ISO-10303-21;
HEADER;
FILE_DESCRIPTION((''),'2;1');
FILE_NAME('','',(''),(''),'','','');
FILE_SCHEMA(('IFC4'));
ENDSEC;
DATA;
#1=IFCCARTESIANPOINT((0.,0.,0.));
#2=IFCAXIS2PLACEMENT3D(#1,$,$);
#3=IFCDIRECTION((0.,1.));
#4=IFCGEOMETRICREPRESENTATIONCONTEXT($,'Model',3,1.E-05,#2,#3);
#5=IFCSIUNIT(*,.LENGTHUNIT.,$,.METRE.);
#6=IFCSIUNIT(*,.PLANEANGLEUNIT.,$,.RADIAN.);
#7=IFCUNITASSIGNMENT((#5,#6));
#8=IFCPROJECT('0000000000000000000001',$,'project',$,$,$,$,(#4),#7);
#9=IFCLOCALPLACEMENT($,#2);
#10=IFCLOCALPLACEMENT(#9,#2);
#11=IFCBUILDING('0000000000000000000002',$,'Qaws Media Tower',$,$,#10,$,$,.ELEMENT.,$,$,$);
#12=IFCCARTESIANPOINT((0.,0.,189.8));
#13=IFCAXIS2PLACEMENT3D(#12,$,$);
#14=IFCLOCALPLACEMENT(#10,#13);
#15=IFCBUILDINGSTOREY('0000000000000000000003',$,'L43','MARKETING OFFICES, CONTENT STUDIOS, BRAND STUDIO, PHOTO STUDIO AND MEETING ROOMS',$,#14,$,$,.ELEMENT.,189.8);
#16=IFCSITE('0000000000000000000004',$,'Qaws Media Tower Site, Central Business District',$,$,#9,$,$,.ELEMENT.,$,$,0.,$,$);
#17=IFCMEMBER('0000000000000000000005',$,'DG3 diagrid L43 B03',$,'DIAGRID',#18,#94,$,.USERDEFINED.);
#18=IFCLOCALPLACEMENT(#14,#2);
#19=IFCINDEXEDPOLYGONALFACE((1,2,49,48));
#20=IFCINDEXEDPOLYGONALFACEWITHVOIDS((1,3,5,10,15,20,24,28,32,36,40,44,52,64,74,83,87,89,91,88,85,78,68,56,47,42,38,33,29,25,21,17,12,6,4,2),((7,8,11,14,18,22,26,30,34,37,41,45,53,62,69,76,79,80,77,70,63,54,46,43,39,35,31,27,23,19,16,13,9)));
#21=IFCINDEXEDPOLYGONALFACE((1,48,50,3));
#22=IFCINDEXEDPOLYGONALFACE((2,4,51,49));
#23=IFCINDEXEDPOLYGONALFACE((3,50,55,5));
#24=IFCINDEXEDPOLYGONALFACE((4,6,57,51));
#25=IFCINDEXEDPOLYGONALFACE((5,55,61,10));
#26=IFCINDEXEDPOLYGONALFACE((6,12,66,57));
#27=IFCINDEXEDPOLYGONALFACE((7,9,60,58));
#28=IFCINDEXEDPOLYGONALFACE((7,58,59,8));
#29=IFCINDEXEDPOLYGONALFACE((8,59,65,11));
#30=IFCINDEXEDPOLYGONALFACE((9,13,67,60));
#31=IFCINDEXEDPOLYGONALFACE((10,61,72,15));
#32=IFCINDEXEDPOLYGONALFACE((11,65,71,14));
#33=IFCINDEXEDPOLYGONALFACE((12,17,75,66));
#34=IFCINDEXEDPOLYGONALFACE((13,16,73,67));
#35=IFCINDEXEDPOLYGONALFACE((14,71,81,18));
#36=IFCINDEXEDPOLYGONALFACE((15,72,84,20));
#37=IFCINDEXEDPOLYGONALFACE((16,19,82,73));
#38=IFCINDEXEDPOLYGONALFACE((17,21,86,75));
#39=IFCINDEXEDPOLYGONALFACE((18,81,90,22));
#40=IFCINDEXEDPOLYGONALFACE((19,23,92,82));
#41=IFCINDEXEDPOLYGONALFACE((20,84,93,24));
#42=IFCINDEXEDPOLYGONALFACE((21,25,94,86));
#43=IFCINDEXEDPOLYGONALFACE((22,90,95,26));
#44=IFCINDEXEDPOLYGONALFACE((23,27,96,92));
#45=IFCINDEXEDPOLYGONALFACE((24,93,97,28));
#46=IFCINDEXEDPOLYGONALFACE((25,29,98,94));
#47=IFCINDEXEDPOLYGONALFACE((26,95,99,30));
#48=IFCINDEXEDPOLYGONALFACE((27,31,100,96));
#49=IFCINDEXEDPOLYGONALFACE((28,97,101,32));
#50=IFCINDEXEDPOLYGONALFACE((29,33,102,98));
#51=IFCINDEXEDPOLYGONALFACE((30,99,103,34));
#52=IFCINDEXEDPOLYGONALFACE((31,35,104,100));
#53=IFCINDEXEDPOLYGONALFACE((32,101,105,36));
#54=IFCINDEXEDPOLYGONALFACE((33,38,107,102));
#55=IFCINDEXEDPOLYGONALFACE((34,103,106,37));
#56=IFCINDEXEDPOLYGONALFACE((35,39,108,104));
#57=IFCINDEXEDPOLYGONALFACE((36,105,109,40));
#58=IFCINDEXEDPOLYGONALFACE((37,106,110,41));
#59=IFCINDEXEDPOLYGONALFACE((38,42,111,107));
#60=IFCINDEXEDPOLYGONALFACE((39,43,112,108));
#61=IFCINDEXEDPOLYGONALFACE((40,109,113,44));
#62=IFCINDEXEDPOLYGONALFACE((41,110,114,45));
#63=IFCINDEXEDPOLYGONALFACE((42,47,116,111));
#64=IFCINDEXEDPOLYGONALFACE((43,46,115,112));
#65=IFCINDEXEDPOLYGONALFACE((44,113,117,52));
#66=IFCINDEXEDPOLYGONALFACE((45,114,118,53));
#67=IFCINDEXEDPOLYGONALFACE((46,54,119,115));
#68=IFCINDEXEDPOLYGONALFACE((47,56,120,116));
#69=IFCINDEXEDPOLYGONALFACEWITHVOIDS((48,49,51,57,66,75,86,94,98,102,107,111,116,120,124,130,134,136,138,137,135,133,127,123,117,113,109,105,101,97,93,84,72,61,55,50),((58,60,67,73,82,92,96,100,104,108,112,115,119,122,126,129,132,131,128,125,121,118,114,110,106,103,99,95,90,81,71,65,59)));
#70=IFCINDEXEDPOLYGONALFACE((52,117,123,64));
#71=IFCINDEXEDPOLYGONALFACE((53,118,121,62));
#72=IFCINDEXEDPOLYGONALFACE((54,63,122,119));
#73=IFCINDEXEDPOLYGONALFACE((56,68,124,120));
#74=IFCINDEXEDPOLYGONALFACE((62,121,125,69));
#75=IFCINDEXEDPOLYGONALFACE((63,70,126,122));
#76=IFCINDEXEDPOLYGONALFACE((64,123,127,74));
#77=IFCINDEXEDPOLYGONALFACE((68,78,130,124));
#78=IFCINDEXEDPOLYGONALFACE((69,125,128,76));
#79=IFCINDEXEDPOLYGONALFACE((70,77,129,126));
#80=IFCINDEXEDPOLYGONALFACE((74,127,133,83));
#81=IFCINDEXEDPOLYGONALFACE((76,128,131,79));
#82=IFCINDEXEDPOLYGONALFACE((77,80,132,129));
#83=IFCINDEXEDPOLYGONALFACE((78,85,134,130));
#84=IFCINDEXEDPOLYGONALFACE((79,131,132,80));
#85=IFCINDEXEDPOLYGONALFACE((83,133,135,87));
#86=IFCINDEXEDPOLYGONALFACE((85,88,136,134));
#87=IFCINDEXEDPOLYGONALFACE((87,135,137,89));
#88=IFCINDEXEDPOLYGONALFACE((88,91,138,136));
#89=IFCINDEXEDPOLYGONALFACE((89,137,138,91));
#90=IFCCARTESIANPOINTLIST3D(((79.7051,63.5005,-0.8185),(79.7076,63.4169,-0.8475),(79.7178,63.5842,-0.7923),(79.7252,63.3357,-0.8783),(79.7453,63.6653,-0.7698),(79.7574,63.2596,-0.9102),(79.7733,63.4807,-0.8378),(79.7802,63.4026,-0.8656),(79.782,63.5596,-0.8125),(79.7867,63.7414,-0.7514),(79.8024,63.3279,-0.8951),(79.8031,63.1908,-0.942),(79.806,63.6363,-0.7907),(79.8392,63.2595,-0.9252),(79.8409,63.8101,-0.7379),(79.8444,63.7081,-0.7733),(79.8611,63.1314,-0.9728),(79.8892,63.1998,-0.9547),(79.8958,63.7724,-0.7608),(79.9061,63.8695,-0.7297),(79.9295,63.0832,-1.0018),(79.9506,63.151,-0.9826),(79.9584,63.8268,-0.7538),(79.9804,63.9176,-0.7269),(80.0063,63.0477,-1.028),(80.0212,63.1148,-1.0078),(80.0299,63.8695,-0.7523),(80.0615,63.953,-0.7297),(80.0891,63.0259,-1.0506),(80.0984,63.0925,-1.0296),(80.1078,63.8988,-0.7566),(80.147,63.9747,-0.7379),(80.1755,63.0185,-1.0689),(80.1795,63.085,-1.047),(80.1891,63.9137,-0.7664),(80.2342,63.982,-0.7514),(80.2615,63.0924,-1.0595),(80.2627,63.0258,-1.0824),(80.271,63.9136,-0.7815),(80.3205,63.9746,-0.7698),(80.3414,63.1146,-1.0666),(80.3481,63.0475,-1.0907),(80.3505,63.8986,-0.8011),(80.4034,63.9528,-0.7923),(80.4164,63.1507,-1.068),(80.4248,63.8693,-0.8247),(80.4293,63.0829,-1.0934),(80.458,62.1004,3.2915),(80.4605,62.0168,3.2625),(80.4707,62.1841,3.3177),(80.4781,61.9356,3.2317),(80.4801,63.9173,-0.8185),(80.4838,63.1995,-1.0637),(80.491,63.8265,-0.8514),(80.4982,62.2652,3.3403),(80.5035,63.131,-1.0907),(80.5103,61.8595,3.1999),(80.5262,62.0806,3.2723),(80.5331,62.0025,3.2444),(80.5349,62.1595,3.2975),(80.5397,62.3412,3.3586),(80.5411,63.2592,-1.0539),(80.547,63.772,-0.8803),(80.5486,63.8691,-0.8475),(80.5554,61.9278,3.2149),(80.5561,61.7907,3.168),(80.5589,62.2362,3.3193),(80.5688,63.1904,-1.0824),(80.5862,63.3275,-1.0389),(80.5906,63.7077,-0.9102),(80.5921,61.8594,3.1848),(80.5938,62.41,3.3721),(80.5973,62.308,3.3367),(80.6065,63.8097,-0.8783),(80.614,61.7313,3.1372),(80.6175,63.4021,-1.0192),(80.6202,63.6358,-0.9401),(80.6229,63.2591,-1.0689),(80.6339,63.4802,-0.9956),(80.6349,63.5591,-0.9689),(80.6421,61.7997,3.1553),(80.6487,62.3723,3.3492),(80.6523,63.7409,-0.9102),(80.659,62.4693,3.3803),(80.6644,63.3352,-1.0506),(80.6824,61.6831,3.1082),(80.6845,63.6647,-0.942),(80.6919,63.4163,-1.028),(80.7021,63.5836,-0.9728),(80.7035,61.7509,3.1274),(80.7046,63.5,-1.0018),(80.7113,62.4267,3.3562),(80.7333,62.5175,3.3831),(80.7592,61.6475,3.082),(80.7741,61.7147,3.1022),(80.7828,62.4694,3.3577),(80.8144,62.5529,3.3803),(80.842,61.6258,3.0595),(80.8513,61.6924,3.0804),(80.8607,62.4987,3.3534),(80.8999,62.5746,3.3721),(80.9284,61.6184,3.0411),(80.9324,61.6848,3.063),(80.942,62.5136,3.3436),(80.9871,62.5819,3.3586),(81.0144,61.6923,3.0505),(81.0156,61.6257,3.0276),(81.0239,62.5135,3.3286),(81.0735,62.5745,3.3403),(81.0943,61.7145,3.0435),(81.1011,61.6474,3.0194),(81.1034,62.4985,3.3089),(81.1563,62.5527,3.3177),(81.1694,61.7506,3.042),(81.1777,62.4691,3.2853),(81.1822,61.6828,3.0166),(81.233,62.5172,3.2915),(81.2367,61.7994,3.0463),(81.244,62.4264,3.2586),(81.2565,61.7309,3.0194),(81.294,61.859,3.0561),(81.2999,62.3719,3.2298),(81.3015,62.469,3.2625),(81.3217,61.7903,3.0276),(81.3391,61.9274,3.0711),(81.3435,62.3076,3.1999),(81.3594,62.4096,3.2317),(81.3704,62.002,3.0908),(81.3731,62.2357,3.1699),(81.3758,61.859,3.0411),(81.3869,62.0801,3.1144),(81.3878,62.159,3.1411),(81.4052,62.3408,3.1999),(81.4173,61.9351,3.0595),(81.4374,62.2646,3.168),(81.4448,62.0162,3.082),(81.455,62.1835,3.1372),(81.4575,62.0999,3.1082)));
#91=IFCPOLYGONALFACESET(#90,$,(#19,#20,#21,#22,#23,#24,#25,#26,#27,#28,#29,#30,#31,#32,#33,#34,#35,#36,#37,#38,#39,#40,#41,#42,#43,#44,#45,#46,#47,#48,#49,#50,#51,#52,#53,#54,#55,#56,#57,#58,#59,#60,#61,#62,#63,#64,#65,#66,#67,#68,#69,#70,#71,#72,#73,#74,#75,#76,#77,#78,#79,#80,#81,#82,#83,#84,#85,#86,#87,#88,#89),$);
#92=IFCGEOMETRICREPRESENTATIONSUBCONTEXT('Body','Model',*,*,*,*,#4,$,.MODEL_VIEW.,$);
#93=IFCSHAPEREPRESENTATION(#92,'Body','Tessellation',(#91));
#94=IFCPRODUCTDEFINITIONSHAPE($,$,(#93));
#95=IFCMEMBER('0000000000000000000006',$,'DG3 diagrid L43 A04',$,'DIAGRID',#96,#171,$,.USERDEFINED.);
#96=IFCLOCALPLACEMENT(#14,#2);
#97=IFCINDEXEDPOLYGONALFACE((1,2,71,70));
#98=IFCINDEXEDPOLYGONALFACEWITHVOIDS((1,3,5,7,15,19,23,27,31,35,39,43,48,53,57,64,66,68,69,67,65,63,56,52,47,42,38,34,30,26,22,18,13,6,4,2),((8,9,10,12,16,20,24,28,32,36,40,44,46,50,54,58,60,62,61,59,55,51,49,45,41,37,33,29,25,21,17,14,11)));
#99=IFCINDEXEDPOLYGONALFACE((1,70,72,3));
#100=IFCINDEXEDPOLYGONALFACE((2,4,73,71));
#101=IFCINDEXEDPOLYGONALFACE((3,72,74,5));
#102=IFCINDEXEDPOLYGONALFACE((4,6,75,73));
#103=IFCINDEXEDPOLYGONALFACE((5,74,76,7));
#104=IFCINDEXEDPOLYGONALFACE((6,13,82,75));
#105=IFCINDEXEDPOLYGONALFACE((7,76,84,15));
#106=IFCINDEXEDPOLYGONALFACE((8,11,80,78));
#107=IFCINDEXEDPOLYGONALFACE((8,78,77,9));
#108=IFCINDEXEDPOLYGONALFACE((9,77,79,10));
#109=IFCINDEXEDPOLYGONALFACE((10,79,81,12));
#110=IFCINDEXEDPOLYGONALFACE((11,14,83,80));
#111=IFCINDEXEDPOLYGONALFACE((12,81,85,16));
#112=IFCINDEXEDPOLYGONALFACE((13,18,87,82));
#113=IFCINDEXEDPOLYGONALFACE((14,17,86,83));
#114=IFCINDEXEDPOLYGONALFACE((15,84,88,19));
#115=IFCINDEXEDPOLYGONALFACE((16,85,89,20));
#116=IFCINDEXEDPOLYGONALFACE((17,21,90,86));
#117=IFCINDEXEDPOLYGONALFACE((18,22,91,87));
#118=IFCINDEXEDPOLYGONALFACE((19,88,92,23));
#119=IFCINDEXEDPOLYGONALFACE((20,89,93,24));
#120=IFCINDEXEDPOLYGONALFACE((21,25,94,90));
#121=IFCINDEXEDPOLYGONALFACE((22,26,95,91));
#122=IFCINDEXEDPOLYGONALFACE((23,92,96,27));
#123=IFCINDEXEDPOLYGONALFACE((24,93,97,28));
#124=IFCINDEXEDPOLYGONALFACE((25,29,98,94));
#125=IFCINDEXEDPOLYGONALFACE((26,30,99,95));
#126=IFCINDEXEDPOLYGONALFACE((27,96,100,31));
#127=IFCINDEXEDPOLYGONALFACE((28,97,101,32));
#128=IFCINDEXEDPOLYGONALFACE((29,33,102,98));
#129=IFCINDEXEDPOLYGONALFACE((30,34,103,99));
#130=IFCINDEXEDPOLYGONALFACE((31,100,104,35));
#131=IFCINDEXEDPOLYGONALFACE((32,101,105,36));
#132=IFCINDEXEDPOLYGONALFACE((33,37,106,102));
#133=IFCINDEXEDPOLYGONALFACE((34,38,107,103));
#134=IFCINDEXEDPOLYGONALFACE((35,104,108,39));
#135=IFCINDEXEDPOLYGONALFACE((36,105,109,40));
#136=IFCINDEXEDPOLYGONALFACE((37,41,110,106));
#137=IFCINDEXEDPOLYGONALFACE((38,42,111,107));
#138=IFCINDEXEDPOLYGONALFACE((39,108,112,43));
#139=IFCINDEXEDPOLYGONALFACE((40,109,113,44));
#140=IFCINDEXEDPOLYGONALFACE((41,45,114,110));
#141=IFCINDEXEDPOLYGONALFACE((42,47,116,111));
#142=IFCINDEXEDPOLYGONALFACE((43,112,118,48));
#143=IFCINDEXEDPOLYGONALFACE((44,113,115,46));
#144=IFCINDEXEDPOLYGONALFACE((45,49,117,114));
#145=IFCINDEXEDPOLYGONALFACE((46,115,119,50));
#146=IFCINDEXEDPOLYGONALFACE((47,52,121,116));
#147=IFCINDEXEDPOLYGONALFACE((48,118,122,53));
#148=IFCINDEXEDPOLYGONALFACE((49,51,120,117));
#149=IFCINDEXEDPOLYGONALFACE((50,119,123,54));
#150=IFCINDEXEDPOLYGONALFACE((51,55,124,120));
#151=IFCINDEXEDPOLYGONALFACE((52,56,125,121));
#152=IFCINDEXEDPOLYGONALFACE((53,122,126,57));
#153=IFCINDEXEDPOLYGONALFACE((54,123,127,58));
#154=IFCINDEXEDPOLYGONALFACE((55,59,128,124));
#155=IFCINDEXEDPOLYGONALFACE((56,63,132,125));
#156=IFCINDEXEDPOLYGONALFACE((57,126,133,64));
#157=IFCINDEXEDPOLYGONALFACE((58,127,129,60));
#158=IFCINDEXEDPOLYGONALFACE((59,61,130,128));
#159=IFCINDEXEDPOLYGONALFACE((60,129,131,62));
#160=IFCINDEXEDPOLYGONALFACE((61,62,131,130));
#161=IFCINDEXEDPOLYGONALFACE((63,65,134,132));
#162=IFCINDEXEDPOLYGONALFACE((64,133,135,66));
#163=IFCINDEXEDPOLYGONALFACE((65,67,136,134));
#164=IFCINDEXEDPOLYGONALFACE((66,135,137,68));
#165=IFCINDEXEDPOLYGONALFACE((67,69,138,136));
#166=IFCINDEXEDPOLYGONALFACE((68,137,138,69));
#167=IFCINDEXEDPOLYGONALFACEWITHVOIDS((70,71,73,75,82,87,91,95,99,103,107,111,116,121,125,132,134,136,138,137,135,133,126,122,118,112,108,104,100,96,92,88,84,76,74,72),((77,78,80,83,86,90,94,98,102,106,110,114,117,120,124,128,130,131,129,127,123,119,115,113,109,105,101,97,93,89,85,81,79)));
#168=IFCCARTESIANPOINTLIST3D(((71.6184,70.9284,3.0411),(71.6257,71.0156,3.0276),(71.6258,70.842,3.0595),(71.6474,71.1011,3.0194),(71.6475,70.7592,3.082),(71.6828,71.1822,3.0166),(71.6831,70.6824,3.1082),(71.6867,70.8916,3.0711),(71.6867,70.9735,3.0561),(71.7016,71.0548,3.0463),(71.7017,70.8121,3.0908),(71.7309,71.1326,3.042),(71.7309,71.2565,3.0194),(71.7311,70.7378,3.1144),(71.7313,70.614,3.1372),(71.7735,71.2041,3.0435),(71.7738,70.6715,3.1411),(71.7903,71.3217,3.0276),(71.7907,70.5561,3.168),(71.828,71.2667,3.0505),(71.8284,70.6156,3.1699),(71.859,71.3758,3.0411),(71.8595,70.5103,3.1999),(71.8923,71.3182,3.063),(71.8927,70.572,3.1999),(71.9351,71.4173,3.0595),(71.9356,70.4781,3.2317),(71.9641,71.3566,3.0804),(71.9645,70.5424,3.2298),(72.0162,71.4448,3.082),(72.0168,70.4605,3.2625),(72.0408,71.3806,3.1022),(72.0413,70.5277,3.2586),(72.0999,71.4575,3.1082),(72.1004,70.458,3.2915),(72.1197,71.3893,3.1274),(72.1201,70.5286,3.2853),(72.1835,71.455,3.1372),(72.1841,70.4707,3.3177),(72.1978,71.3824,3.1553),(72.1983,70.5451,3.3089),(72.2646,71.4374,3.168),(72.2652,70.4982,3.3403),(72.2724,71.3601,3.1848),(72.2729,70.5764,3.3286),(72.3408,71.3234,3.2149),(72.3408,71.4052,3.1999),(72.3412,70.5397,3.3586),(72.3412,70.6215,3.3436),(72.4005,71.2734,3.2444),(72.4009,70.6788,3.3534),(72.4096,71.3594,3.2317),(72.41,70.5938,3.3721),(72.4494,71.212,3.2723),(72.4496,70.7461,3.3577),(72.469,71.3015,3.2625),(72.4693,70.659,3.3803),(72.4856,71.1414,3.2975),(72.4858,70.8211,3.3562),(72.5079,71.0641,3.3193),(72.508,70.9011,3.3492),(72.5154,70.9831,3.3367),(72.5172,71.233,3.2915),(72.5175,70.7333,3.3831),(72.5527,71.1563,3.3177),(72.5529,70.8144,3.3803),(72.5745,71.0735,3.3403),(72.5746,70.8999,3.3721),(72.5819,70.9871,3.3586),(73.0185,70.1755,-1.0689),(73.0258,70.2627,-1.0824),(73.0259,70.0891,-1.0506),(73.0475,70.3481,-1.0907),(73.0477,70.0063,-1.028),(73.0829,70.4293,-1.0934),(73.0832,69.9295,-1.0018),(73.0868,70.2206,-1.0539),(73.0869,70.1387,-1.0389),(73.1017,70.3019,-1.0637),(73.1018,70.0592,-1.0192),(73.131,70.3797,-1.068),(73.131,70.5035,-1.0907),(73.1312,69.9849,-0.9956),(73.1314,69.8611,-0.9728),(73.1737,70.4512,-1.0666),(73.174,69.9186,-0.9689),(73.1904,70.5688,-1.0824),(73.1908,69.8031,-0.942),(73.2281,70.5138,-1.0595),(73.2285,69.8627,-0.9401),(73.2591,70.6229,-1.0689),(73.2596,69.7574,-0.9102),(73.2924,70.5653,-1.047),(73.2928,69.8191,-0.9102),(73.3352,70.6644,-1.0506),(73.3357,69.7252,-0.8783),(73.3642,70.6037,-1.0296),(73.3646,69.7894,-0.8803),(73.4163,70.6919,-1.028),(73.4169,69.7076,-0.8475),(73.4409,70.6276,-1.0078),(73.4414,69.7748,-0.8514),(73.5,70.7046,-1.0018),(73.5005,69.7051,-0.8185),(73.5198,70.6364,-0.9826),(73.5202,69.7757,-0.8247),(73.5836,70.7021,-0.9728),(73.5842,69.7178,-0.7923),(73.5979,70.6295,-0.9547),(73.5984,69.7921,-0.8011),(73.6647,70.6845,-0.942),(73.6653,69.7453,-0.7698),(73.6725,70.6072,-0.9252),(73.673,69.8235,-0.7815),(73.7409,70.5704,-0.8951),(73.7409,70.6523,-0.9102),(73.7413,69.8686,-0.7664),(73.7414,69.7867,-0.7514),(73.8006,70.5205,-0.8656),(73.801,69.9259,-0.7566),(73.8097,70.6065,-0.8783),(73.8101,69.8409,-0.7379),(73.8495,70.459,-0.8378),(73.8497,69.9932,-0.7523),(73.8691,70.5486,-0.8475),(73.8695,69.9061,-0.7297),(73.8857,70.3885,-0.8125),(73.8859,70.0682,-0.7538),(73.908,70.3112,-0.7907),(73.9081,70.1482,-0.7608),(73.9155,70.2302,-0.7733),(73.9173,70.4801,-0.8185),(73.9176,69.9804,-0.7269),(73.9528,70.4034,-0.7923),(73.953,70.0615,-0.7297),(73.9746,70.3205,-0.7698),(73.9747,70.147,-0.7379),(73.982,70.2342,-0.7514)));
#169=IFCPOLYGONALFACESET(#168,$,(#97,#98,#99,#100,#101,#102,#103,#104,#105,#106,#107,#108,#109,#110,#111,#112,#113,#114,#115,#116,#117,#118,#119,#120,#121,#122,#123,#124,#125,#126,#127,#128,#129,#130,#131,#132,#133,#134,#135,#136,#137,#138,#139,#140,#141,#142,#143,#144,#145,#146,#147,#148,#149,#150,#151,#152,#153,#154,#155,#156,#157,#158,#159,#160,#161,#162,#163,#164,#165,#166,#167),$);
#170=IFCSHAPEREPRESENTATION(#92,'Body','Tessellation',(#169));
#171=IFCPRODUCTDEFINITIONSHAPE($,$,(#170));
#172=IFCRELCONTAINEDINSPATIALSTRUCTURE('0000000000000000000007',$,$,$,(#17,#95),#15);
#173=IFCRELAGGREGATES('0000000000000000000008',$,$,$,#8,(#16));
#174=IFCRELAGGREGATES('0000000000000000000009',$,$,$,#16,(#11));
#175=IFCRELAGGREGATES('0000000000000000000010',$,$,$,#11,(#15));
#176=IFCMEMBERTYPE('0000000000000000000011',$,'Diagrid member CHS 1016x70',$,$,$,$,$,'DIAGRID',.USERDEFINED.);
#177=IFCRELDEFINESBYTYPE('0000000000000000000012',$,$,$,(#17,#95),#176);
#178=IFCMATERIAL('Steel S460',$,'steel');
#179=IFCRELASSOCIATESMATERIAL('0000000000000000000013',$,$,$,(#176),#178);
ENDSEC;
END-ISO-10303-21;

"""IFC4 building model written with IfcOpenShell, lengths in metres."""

from ifc_helpers import new_model, si_unit, direction, frame, origin, origin_2d, place, context, subcontext, project, spatial, hollow_circle, extrude, material, material_profile, profile_set, type_object, element, save


model = new_model("IFC4")

# Units and contexts
model_context = context("Model", 3, precision=1e-05, world=origin(), true_north=direction((0.0, 1.0)))
body_context = subcontext(model_context, "Body", "Model", "MODEL_VIEW")
ifc_project = project(units=[si_unit("LENGTHUNIT", "METRE"), si_unit("PLANEANGLEUNIT", "RADIAN")], contexts=[model_context])

# Site, building, storey
site_placement = place(None, origin())
site = spatial("IfcSite", under=ifc_project, at=site_placement, Name="Qaws Media Tower Site, Central Business District", CompositionType="ELEMENT", RefElevation=0.0)
building_placement = place(site_placement, origin())
building = spatial("IfcBuilding", under=site, at=building_placement, Name="Qaws Media Tower", CompositionType="ELEMENT")
storey_placement = place(building_placement, frame((0.0, 0.0, 189.8)))
storey = spatial("IfcBuildingStorey", under=building, at=storey_placement, Name="L43", Description="MARKETING OFFICES, CONTENT STUDIOS, BRAND STUDIO, PHOTO STUDIO AND MEETING ROOMS", CompositionType="ELEMENT", Elevation=189.8)

# Members
ifc_material_1 = material(Name="Steel S460", Category="steel")
ifc_material_profile_1 = material_profile(ifc_material_1, hollow_circle(Radius=0.5081, WallThickness=0.0701, at=origin_2d()), Name="CHS 1016x70")
ifc_profile_set_1 = profile_set([ifc_material_profile_1], Name="Steel S460")
member_type_1 = type_object("IfcMemberType", Name="Diagrid member CHS 1016x70", ElementType="DIAGRID", PredefinedType="USERDEFINED", material=ifc_profile_set_1)
for number, where, z_axis, x_axis, name in (
    (1, (80.2048, 63.5002, -0.9102), (0.170855, -0.317721, 0.932664), (0.880732, 0.473614, 0.0), "DG3 diagrid L43 B03"),
    (2, (73.5002, 70.2048, -0.9102), (-0.317721, 0.170855, 0.932664), (-0.473614, -0.880732, 0.0), "DG3 diagrid L43 A04"),
):
    element("IfcMember", number, at=place(storey_placement, frame(where, z_axis=z_axis, x_axis=x_axis)), inside=storey, type_object=member_type_1, Name=name, ObjectType="DIAGRID", PredefinedType="USERDEFINED", context=body_context, shape_type="SweptSolid", body=[
        extrude(hollow_circle(Radius=0.5081, WallThickness=0.0701, at=origin_2d()), origin(), (0.0, 0.0, 1.0), 4.4067),
    ])

save(model, "model.ifc")
